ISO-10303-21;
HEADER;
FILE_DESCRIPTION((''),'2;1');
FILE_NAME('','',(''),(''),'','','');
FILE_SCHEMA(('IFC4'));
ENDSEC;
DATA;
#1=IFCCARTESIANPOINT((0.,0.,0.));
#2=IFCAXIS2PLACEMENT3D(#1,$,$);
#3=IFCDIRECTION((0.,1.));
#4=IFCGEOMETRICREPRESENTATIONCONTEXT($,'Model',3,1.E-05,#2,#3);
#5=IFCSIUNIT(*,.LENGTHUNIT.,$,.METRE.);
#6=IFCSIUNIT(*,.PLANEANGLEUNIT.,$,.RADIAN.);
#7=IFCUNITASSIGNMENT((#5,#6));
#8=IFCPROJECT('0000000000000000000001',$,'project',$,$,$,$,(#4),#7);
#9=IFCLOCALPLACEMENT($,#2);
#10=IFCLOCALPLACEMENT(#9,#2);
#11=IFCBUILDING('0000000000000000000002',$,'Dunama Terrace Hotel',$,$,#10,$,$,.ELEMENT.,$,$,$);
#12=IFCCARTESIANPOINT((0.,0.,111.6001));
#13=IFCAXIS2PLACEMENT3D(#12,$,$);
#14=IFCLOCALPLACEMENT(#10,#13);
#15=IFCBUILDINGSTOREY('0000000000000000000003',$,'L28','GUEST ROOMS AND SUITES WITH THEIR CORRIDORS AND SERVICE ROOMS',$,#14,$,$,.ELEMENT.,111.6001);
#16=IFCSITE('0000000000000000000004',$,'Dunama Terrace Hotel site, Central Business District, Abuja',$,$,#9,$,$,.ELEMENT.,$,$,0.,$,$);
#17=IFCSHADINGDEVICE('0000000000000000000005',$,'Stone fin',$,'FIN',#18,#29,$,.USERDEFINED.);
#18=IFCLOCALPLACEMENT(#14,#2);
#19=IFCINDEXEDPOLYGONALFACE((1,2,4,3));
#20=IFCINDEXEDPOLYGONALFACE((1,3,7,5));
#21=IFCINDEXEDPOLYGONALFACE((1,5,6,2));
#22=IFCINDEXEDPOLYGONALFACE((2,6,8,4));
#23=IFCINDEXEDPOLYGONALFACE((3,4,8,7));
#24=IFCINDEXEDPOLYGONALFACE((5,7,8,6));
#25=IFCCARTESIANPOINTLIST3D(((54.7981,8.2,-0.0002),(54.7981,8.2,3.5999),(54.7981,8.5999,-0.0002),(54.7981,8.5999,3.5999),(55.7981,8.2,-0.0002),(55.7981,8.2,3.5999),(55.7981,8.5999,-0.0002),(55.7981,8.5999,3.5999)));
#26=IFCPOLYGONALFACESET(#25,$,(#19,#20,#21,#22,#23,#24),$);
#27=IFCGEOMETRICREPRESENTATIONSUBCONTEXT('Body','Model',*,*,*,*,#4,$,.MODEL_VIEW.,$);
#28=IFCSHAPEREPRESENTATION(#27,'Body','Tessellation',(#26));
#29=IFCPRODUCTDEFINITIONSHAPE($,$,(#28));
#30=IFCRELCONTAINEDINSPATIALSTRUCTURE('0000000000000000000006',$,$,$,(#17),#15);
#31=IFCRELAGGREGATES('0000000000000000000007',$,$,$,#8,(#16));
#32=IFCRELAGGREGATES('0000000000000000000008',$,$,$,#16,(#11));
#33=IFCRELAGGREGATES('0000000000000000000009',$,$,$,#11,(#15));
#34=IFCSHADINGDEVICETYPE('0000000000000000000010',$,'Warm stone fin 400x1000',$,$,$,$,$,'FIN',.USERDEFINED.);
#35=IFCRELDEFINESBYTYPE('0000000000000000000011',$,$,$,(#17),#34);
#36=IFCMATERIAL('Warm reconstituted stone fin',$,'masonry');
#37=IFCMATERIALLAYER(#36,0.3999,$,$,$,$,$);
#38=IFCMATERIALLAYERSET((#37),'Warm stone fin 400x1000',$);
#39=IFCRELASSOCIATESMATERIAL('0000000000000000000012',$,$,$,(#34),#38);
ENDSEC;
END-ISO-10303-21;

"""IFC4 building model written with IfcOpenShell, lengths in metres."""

from ifc_helpers import new_model, si_unit, direction, frame, origin, origin_2d, place, context, subcontext, project, spatial, rectangle, extrude, material, layer, layer_set, type_object, element, save


model = new_model("IFC4")

# Units and contexts
model_context = context("Model", 3, precision=1e-05, world=origin(), true_north=direction((0.0, 1.0)))
body_context = subcontext(model_context, "Body", "Model", "MODEL_VIEW")
ifc_project = project(units=[si_unit("LENGTHUNIT", "METRE"), si_unit("PLANEANGLEUNIT", "RADIAN")], contexts=[model_context])

# Site, building, storey
site_placement = place(None, origin())
site = spatial("IfcSite", under=ifc_project, at=site_placement, Name="Dunama Terrace Hotel site, Central Business District, Abuja", CompositionType="ELEMENT", RefElevation=0.0)
building_placement = place(site_placement, origin())
building = spatial("IfcBuilding", under=site, at=building_placement, Name="Dunama Terrace Hotel", CompositionType="ELEMENT")
storey_placement = place(building_placement, frame((0.0, 0.0, 111.6001)))
storey = spatial("IfcBuildingStorey", under=building, at=storey_placement, Name="L28", Description="GUEST ROOMS AND SUITES WITH THEIR CORRIDORS AND SERVICE ROOMS", CompositionType="ELEMENT", Elevation=111.6001)

# Shading device
ifc_material_1 = material(Name="Warm reconstituted stone fin", Category="masonry")
ifc_layer_1 = layer(ifc_material_1, 0.3999)
ifc_layer_set_1 = layer_set([ifc_layer_1], Name="Warm stone fin 400x1000")
shading_device_type = type_object("IfcShadingDeviceType", Name="Warm stone fin 400x1000", ElementType="FIN", PredefinedType="USERDEFINED", material=ifc_layer_set_1)
shading_device_placement = place(storey_placement, frame((55.2981, 8.3999, -0.0002), z_axis=(0.0, 0.0, 1.0), x_axis=(0.0, 1.0, 0.0)))
element("IfcShadingDevice", 1, at=shading_device_placement, inside=storey, type_object=shading_device_type, Name="Stone fin", ObjectType="FIN", PredefinedType="USERDEFINED", context=body_context, shape_type="SweptSolid", body=[
    extrude(rectangle(XDim=0.3999, YDim=1.0, at=origin_2d()), origin(), (0.0, 0.0, 1.0), 3.6001),
])

save(model, "model.ifc")
